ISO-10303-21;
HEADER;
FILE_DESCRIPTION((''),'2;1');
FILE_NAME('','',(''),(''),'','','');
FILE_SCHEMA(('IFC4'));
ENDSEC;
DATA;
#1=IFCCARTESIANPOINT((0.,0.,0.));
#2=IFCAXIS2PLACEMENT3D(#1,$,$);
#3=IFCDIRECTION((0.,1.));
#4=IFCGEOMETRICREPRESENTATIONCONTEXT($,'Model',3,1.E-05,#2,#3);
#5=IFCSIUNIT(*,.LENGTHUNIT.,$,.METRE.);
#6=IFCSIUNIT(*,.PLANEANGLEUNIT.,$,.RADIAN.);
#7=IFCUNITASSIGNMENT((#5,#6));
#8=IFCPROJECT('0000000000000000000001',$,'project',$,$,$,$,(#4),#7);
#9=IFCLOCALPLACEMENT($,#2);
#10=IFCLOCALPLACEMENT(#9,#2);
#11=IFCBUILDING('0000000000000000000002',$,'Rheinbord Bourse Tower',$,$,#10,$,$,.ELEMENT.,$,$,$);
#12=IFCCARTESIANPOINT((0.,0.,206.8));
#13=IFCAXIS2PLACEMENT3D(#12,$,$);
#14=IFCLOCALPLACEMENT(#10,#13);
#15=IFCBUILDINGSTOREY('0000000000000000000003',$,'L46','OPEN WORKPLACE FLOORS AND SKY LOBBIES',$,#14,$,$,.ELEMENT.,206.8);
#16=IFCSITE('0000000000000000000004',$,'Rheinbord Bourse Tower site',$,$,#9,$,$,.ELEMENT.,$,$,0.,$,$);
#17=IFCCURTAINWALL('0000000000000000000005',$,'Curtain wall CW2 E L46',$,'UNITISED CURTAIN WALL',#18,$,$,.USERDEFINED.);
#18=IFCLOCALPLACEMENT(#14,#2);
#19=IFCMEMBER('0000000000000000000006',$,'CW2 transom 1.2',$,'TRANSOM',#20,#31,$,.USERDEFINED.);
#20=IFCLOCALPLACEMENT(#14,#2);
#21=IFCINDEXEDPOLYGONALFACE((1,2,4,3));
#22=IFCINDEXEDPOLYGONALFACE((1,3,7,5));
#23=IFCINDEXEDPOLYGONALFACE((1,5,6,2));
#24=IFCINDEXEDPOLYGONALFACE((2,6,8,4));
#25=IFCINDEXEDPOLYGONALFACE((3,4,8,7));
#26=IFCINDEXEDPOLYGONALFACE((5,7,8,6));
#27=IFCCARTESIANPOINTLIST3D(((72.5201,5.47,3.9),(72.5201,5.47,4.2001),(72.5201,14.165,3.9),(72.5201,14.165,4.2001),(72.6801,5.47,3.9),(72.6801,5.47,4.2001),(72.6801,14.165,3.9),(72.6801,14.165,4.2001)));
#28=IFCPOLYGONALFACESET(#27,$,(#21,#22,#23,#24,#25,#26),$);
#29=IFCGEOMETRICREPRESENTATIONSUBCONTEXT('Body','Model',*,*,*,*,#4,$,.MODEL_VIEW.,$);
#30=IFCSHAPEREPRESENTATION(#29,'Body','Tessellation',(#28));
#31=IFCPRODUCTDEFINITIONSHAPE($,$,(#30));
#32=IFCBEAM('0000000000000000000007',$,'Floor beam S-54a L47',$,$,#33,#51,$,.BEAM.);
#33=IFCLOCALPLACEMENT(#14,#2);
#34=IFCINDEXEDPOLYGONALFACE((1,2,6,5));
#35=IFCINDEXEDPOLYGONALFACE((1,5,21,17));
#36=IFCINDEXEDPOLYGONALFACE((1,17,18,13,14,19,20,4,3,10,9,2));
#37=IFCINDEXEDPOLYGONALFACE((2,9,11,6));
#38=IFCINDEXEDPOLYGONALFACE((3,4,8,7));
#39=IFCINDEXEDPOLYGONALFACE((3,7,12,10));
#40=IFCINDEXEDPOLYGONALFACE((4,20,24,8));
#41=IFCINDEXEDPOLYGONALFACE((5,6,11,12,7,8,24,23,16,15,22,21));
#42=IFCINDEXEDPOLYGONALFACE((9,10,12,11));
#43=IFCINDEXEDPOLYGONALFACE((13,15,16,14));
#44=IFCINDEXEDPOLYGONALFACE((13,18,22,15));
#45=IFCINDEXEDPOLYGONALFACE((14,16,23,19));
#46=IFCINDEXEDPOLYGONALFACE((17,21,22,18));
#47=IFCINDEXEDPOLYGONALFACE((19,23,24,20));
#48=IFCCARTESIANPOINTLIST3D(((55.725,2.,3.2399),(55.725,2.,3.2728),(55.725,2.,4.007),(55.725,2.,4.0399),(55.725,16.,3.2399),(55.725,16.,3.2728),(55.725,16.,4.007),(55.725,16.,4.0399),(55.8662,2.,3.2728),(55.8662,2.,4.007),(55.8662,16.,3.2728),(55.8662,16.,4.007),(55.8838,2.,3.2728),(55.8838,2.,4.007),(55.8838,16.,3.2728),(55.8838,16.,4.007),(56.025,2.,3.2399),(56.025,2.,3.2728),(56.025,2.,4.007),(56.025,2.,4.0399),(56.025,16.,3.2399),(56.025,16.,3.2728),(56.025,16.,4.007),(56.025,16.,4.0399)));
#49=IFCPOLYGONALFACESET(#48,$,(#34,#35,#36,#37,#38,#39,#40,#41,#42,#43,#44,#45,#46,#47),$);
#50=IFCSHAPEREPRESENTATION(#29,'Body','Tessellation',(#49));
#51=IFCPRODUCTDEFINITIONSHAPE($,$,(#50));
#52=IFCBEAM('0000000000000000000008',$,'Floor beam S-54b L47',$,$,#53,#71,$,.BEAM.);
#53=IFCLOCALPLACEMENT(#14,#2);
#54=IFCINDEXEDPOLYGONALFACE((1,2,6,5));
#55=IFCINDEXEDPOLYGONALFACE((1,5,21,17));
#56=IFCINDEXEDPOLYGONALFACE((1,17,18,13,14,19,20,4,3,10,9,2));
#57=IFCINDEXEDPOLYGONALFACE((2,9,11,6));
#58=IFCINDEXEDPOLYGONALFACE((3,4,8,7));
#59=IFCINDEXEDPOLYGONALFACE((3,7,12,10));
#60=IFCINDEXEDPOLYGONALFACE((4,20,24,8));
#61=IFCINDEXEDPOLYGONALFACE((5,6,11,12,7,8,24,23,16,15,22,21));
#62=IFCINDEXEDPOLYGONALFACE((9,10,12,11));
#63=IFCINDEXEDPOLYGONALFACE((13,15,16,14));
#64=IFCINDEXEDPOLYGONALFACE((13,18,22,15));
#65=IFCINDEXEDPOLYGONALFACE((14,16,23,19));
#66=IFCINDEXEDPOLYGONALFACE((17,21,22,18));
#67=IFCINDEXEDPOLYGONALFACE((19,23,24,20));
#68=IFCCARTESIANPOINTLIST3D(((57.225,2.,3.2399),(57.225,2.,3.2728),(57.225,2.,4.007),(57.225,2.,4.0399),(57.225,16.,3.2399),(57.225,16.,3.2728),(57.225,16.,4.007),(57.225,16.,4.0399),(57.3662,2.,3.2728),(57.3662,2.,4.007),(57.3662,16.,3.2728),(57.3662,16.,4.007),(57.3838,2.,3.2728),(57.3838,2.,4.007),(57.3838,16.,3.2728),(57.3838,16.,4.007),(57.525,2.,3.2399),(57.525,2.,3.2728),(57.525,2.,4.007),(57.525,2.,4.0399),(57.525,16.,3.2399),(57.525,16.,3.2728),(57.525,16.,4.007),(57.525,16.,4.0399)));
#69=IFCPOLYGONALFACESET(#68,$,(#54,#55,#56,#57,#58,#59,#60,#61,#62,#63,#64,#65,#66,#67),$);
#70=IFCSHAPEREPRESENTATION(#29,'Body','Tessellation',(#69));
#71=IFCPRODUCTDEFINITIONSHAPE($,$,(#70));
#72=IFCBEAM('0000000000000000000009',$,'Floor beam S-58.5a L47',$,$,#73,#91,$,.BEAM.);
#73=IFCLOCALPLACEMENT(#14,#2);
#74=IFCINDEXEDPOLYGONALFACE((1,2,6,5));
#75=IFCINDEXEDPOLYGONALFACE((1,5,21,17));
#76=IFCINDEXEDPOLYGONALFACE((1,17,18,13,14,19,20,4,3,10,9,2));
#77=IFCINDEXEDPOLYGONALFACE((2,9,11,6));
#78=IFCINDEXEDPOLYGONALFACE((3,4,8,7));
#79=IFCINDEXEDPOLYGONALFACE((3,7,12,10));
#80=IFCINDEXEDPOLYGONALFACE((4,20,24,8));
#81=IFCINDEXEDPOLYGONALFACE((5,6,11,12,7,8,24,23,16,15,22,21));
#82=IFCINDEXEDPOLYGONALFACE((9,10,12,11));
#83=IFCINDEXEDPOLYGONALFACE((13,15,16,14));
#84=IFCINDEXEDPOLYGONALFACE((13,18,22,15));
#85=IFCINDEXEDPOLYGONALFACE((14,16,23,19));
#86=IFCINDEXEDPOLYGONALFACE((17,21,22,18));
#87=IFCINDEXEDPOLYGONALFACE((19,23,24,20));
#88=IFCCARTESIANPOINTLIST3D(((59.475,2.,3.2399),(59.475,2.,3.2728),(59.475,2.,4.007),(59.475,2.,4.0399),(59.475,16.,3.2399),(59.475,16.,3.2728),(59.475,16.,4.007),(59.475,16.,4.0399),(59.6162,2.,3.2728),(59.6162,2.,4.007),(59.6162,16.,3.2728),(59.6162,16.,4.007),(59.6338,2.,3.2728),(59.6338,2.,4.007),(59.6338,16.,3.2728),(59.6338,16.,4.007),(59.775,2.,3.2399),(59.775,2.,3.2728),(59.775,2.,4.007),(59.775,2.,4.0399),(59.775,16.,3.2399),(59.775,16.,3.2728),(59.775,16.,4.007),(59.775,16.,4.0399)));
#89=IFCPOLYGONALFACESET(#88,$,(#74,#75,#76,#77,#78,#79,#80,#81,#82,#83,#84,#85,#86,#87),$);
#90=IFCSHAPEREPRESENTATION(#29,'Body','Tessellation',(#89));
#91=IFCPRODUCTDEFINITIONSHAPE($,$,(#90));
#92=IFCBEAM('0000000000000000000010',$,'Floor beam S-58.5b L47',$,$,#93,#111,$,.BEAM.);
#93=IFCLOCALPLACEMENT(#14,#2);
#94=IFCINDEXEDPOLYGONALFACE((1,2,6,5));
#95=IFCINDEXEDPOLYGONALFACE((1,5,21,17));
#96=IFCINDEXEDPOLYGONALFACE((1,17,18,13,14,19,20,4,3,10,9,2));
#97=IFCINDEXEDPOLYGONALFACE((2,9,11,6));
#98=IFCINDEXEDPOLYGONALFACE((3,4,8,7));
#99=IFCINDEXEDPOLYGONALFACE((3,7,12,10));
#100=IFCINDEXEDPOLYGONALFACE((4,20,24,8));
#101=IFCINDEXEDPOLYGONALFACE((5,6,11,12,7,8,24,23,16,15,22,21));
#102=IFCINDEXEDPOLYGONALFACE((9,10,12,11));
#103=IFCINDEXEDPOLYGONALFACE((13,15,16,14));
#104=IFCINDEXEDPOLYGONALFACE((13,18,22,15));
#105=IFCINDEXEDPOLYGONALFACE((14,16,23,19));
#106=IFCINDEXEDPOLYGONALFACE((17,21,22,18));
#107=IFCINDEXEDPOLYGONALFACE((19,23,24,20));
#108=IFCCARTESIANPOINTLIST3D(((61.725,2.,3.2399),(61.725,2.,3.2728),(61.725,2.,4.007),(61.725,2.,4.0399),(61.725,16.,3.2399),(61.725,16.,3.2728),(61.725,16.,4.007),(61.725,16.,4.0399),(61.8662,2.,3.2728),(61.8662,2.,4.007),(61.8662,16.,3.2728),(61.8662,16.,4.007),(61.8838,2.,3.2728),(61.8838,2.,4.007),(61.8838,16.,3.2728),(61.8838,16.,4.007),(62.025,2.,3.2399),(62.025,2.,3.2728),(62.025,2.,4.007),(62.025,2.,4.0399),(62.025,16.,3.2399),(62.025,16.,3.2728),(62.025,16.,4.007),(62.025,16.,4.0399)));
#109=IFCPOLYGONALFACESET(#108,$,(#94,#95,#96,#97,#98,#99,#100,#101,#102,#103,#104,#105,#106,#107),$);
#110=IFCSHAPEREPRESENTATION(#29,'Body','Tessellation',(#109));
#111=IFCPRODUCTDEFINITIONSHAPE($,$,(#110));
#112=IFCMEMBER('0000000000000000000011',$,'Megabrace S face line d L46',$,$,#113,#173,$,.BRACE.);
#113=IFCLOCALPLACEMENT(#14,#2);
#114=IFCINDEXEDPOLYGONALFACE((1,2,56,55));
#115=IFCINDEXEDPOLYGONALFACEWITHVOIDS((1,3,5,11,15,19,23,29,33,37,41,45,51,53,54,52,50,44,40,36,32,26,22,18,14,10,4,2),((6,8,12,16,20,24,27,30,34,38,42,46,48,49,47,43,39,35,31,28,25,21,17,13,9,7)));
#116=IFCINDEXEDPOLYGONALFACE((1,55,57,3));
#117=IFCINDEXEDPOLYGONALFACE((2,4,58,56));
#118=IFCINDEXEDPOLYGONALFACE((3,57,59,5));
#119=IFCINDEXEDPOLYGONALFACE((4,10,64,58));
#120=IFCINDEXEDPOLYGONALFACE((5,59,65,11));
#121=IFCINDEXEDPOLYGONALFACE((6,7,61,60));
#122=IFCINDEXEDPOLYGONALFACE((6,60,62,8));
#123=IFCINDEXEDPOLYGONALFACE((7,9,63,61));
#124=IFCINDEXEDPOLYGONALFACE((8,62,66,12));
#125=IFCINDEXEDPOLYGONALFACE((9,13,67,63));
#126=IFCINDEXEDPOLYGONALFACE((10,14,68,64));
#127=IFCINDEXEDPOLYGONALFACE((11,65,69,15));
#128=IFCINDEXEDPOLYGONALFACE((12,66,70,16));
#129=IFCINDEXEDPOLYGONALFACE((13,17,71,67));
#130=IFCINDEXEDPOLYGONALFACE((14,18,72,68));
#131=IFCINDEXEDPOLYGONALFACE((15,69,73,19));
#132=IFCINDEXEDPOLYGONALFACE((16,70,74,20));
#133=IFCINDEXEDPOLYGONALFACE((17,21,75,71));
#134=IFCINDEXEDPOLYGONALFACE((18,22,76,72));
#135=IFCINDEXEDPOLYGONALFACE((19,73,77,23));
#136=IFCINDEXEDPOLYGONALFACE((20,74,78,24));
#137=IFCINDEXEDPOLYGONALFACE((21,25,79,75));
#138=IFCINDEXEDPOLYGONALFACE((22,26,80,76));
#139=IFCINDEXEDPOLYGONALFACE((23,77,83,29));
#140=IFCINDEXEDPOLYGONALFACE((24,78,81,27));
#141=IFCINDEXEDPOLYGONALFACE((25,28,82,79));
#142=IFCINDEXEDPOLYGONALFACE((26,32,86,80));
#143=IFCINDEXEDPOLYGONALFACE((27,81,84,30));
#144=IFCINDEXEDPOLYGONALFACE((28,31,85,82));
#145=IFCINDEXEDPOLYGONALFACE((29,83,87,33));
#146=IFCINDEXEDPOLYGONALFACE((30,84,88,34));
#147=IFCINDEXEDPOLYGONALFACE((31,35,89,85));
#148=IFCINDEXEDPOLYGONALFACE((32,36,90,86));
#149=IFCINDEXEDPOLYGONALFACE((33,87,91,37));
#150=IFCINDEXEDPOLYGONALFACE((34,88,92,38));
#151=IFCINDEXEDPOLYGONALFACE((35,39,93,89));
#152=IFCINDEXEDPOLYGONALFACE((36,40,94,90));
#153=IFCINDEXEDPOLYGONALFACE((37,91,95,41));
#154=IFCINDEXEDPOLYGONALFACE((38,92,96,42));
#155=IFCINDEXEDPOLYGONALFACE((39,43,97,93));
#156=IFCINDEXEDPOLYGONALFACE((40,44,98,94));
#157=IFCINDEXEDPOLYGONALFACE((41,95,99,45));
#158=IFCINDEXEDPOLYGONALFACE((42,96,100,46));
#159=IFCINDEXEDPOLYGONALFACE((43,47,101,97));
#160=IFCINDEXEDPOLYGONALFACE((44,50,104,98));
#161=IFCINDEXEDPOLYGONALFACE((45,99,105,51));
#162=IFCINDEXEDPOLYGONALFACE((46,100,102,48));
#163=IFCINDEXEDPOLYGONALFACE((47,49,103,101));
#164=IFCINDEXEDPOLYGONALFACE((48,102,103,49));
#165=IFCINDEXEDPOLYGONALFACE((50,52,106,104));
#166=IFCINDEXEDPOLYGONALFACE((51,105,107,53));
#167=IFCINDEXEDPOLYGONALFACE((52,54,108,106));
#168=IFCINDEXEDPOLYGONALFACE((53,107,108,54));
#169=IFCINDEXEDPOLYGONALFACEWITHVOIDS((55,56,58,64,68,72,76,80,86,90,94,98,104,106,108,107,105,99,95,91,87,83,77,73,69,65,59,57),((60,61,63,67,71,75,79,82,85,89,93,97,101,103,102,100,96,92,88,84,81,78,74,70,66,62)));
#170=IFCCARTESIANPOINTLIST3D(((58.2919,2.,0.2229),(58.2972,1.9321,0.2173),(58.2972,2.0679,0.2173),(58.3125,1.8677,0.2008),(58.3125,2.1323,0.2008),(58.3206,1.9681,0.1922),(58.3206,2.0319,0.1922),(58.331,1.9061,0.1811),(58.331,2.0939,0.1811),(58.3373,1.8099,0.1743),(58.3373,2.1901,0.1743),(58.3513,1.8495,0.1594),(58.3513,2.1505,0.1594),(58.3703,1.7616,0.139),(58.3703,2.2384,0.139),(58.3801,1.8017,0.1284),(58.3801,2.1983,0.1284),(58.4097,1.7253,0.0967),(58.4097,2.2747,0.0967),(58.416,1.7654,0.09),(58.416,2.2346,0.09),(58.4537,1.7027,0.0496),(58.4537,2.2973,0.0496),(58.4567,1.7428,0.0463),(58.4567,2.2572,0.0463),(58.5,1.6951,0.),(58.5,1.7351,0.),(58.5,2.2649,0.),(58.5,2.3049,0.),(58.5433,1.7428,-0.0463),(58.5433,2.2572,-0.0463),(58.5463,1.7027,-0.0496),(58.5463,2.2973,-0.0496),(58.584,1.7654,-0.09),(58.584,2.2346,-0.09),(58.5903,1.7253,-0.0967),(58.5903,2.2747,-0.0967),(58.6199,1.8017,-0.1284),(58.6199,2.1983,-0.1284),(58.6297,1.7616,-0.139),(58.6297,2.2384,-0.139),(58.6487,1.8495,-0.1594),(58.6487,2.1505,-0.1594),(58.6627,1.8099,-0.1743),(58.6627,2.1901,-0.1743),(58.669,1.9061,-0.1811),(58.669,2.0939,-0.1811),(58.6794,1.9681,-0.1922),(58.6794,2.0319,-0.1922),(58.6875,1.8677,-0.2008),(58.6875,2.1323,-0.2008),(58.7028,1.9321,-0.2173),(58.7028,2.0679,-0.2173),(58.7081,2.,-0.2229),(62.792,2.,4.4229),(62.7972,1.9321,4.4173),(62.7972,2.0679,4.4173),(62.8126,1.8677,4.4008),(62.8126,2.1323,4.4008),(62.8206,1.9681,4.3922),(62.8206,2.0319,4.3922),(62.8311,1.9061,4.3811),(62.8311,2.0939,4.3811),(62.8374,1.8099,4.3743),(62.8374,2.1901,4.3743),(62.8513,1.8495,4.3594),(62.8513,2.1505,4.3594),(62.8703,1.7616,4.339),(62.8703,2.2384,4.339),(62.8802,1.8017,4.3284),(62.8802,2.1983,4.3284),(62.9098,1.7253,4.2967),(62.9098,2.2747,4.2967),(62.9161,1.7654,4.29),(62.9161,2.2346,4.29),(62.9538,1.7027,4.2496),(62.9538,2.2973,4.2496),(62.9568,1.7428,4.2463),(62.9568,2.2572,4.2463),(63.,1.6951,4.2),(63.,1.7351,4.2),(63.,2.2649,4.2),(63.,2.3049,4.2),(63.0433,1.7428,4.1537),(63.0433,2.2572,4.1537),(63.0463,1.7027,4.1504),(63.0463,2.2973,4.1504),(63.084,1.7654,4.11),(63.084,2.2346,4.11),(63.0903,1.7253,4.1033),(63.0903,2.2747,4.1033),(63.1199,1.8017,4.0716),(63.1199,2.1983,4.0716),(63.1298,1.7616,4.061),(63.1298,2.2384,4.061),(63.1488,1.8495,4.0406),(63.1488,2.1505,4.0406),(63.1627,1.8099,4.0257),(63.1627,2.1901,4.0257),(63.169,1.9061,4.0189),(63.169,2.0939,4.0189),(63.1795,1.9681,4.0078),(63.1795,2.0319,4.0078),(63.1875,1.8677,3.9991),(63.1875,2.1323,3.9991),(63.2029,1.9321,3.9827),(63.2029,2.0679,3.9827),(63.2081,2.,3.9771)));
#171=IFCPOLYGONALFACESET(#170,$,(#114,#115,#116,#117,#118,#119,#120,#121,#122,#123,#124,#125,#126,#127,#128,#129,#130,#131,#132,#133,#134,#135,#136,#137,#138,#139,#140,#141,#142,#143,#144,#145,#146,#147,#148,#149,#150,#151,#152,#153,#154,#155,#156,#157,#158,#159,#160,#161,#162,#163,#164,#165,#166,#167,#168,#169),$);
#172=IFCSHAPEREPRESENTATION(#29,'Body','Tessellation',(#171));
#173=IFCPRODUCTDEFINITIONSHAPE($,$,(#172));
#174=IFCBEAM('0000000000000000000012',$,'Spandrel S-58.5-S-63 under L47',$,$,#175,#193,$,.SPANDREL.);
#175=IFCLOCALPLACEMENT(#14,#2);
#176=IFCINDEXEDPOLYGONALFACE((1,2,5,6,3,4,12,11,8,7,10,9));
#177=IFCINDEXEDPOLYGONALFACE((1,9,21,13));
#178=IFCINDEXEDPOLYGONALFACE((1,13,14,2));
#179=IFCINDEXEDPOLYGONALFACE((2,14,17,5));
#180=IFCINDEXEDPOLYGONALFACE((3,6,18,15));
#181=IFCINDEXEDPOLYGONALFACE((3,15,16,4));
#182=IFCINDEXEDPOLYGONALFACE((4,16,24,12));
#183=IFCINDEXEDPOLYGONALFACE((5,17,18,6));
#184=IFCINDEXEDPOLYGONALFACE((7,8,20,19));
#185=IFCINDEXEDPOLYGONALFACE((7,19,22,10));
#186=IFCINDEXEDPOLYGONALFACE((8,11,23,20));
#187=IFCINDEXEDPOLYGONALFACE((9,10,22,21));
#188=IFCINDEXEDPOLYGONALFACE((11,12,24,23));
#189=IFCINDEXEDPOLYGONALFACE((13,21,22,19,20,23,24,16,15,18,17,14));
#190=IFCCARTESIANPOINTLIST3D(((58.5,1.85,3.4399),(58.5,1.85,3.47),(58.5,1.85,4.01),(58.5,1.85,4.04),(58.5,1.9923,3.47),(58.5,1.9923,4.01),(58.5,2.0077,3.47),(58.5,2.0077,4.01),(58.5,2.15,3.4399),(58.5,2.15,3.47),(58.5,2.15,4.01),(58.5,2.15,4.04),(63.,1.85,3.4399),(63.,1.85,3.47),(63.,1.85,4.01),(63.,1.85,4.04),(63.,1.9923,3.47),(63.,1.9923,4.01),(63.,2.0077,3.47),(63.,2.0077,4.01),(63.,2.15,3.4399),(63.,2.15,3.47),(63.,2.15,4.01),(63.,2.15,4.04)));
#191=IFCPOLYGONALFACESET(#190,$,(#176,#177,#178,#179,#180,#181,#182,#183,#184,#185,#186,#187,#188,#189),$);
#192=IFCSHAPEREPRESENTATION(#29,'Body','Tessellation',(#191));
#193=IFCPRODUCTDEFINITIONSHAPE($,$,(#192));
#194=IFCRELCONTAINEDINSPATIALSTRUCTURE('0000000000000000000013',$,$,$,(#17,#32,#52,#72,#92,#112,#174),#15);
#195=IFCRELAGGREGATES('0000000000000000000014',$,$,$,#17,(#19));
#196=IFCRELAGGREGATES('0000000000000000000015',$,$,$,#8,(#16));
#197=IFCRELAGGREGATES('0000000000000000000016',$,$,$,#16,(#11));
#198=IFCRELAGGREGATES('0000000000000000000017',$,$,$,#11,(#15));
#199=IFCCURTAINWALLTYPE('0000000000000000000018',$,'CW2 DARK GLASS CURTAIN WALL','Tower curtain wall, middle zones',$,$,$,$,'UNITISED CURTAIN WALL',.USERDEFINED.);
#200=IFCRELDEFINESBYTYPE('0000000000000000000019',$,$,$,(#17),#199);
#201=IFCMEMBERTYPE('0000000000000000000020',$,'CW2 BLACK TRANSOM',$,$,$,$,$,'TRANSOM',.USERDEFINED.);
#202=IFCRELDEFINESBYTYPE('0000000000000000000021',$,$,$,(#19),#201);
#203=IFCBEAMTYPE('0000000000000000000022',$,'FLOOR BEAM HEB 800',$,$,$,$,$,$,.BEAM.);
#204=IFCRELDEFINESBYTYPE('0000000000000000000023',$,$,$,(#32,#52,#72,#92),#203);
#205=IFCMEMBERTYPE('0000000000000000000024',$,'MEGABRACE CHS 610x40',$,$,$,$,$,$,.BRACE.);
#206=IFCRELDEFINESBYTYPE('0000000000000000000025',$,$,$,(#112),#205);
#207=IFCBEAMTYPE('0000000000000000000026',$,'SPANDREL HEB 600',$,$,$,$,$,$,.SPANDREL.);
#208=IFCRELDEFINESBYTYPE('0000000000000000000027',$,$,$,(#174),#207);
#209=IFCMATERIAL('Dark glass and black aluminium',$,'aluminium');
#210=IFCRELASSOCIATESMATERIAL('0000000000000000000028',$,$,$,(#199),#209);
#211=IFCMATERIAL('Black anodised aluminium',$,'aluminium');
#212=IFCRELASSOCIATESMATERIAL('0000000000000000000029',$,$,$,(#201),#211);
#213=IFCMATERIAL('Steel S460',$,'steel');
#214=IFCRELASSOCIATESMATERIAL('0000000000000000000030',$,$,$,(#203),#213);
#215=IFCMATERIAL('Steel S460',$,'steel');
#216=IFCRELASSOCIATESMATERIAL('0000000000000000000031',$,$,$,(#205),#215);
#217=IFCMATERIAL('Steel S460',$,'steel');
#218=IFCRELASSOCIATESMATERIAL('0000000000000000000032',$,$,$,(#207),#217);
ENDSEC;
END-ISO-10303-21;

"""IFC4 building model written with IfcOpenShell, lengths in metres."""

from ifc_helpers import new_model, si_unit, direction, frame, origin, origin_2d, place, context, subcontext, project, spatial, rectangle, hollow_circle, i_section, extrude, material, material_profile, profile_set, type_object, element, aggregate, save


model = new_model("IFC4")

# Units and contexts
model_context = context("Model", 3, precision=1e-05, world=origin(), true_north=direction((0.0, 1.0)))
body_context = subcontext(model_context, "Body", "Model", "MODEL_VIEW")
ifc_project = project(units=[si_unit("LENGTHUNIT", "METRE"), si_unit("PLANEANGLEUNIT", "RADIAN")], contexts=[model_context])

# Site, building, storey
site_placement = place(None, origin())
site = spatial("IfcSite", under=ifc_project, at=site_placement, Name="Rheinbord Bourse Tower site", CompositionType="ELEMENT", RefElevation=0.0)
building_placement = place(site_placement, origin())
building = spatial("IfcBuilding", under=site, at=building_placement, Name="Rheinbord Bourse Tower", CompositionType="ELEMENT")
storey_placement = place(building_placement, frame((0.0, 0.0, 206.8)))
storey = spatial("IfcBuildingStorey", under=building, at=storey_placement, Name="L46", Description="OPEN WORKPLACE FLOORS AND SKY LOBBIES", CompositionType="ELEMENT", Elevation=206.8)

# Shared definitions
ifc_material_1 = material(Name="Dark glass and black aluminium", Category="aluminium")
curtain_wall_type = type_object("IfcCurtainWallType", Name="CW2 DARK GLASS CURTAIN WALL", Description="Tower curtain wall, middle zones", ElementType="UNITISED CURTAIN WALL", PredefinedType="USERDEFINED", material=ifc_material_1)

# Curtain wall
curtain_wall_1_placement = place(storey_placement, origin())
curtain_wall_1 = element("IfcCurtainWall", 1, at=curtain_wall_1_placement, inside=storey, type_object=curtain_wall_type, Name="Curtain wall CW2 E L46", ObjectType="UNITISED CURTAIN WALL", PredefinedType="USERDEFINED")

# Member
ifc_material_2 = material(Name="Black anodised aluminium", Category="aluminium")
ifc_material_profile_1 = material_profile(ifc_material_2, rectangle(XDim=0.1599, YDim=0.3, at=origin_2d()), Name="CW2 TRANSOM 300x160")
ifc_profile_set_1 = profile_set([ifc_material_profile_1], Name="Black anodised aluminium")
member_type_1 = type_object("IfcMemberType", Name="CW2 BLACK TRANSOM", ElementType="TRANSOM", PredefinedType="USERDEFINED", material=ifc_profile_set_1)
member_1_placement = place(storey_placement, frame((72.6001, 5.47, 4.05), z_axis=(0.0, 1.0, 0.0), x_axis=(-1.0, 0.0, 0.0)))
member_1 = element("IfcMember", 2, at=member_1_placement, type_object=member_type_1, Name="CW2 transom 1.2", ObjectType="TRANSOM", PredefinedType="USERDEFINED", context=body_context, shape_type="SweptSolid", body=[
    extrude(rectangle(XDim=0.1599, YDim=0.3, at=origin_2d()), origin(), (0.0, 0.0, 1.0), 8.6951),
])

# Beams
ifc_material_3 = material(Name="Steel S460", Category="steel")
ifc_material_profile_2 = material_profile(ifc_material_3, i_section(OverallWidth=0.3, OverallDepth=0.8, WebThickness=0.0176, FlangeThickness=0.033, at=origin_2d()), Name="HEB 800")
ifc_profile_set_2 = profile_set([ifc_material_profile_2], Name="Steel S460")
beam_type_1 = type_object("IfcBeamType", Name="FLOOR BEAM HEB 800", PredefinedType="BEAM", material=ifc_profile_set_2)
for number, where, z_axis, x_axis, name in (
    (3, (55.875, 2.0, 3.6399), (0.0, 1.0, 0.0), (-1.0, 0.0, 0.0), "Floor beam S-54a L47"),
    (4, (57.375, 2.0, 3.6399), (0.0, 1.0, 0.0), (-1.0, 0.0, 0.0), "Floor beam S-54b L47"),
    (5, (59.625, 2.0, 3.6399), (0.0, 1.0, 0.0), (-1.0, 0.0, 0.0), "Floor beam S-58.5a L47"),
    (6, (61.875, 2.0, 3.6399), (0.0, 1.0, 0.0), (-1.0, 0.0, 0.0), "Floor beam S-58.5b L47"),
):
    element("IfcBeam", number, at=place(storey_placement, frame(where, z_axis=z_axis, x_axis=x_axis)), inside=storey, type_object=beam_type_1, Name=name, PredefinedType="BEAM", context=body_context, shape_type="SweptSolid", body=[
        extrude(i_section(OverallWidth=0.3, OverallDepth=0.8, WebThickness=0.0176, FlangeThickness=0.033, at=origin_2d()), origin(), (0.0, 0.0, 1.0), 14.0),
    ])

# Member
ifc_material_4 = material(Name="Steel S460", Category="steel")
ifc_material_profile_3 = material_profile(ifc_material_4, hollow_circle(Radius=0.3049, WallThickness=0.04, at=origin_2d()), Name="CHS 610x40")
ifc_profile_set_3 = profile_set([ifc_material_profile_3], Name="Steel S460")
member_type_2 = type_object("IfcMemberType", Name="MEGABRACE CHS 610x40", PredefinedType="BRACE", material=ifc_profile_set_3)
member_2_placement = place(storey_placement, frame((58.5, 2.0, 0.0), z_axis=(0.731059, 0.0, 0.682314), x_axis=(0.0, 1.0, 0.0)))
element("IfcMember", 7, at=member_2_placement, inside=storey, type_object=member_type_2, Name="Megabrace S face line d L46", PredefinedType="BRACE", context=body_context, shape_type="SweptSolid", body=[
    extrude(hollow_circle(Radius=0.3049, WallThickness=0.04, at=origin_2d()), origin(), (0.0, 0.0, 1.0), 6.1555),
])

# Beam
ifc_material_5 = material(Name="Steel S460", Category="steel")
ifc_material_profile_4 = material_profile(ifc_material_5, i_section(OverallWidth=0.3, OverallDepth=0.6001, WebThickness=0.0154, FlangeThickness=0.03, at=origin_2d()), Name="HEB 600")
ifc_profile_set_4 = profile_set([ifc_material_profile_4], Name="Steel S460")
beam_type_2 = type_object("IfcBeamType", Name="SPANDREL HEB 600", PredefinedType="SPANDREL", material=ifc_profile_set_4)
for number, where, z_axis, x_axis, name in (
    (8, (58.5, 2.0, 3.74), (1.0, 0.0, 0.0), (0.0, 1.0, 0.0), "Spandrel S-58.5-S-63 under L47"),
):
    element("IfcBeam", number, at=place(storey_placement, frame(where, z_axis=z_axis, x_axis=x_axis)), inside=storey, type_object=beam_type_2, Name=name, PredefinedType="SPANDREL", context=body_context, shape_type="SweptSolid", body=[
        extrude(i_section(OverallWidth=0.3, OverallDepth=0.6001, WebThickness=0.0154, FlangeThickness=0.03, at=origin_2d()), origin(), (0.0, 0.0, 1.0), 4.5),
    ])

aggregate(curtain_wall_1, [member_1])

save(model, "model.ifc")
